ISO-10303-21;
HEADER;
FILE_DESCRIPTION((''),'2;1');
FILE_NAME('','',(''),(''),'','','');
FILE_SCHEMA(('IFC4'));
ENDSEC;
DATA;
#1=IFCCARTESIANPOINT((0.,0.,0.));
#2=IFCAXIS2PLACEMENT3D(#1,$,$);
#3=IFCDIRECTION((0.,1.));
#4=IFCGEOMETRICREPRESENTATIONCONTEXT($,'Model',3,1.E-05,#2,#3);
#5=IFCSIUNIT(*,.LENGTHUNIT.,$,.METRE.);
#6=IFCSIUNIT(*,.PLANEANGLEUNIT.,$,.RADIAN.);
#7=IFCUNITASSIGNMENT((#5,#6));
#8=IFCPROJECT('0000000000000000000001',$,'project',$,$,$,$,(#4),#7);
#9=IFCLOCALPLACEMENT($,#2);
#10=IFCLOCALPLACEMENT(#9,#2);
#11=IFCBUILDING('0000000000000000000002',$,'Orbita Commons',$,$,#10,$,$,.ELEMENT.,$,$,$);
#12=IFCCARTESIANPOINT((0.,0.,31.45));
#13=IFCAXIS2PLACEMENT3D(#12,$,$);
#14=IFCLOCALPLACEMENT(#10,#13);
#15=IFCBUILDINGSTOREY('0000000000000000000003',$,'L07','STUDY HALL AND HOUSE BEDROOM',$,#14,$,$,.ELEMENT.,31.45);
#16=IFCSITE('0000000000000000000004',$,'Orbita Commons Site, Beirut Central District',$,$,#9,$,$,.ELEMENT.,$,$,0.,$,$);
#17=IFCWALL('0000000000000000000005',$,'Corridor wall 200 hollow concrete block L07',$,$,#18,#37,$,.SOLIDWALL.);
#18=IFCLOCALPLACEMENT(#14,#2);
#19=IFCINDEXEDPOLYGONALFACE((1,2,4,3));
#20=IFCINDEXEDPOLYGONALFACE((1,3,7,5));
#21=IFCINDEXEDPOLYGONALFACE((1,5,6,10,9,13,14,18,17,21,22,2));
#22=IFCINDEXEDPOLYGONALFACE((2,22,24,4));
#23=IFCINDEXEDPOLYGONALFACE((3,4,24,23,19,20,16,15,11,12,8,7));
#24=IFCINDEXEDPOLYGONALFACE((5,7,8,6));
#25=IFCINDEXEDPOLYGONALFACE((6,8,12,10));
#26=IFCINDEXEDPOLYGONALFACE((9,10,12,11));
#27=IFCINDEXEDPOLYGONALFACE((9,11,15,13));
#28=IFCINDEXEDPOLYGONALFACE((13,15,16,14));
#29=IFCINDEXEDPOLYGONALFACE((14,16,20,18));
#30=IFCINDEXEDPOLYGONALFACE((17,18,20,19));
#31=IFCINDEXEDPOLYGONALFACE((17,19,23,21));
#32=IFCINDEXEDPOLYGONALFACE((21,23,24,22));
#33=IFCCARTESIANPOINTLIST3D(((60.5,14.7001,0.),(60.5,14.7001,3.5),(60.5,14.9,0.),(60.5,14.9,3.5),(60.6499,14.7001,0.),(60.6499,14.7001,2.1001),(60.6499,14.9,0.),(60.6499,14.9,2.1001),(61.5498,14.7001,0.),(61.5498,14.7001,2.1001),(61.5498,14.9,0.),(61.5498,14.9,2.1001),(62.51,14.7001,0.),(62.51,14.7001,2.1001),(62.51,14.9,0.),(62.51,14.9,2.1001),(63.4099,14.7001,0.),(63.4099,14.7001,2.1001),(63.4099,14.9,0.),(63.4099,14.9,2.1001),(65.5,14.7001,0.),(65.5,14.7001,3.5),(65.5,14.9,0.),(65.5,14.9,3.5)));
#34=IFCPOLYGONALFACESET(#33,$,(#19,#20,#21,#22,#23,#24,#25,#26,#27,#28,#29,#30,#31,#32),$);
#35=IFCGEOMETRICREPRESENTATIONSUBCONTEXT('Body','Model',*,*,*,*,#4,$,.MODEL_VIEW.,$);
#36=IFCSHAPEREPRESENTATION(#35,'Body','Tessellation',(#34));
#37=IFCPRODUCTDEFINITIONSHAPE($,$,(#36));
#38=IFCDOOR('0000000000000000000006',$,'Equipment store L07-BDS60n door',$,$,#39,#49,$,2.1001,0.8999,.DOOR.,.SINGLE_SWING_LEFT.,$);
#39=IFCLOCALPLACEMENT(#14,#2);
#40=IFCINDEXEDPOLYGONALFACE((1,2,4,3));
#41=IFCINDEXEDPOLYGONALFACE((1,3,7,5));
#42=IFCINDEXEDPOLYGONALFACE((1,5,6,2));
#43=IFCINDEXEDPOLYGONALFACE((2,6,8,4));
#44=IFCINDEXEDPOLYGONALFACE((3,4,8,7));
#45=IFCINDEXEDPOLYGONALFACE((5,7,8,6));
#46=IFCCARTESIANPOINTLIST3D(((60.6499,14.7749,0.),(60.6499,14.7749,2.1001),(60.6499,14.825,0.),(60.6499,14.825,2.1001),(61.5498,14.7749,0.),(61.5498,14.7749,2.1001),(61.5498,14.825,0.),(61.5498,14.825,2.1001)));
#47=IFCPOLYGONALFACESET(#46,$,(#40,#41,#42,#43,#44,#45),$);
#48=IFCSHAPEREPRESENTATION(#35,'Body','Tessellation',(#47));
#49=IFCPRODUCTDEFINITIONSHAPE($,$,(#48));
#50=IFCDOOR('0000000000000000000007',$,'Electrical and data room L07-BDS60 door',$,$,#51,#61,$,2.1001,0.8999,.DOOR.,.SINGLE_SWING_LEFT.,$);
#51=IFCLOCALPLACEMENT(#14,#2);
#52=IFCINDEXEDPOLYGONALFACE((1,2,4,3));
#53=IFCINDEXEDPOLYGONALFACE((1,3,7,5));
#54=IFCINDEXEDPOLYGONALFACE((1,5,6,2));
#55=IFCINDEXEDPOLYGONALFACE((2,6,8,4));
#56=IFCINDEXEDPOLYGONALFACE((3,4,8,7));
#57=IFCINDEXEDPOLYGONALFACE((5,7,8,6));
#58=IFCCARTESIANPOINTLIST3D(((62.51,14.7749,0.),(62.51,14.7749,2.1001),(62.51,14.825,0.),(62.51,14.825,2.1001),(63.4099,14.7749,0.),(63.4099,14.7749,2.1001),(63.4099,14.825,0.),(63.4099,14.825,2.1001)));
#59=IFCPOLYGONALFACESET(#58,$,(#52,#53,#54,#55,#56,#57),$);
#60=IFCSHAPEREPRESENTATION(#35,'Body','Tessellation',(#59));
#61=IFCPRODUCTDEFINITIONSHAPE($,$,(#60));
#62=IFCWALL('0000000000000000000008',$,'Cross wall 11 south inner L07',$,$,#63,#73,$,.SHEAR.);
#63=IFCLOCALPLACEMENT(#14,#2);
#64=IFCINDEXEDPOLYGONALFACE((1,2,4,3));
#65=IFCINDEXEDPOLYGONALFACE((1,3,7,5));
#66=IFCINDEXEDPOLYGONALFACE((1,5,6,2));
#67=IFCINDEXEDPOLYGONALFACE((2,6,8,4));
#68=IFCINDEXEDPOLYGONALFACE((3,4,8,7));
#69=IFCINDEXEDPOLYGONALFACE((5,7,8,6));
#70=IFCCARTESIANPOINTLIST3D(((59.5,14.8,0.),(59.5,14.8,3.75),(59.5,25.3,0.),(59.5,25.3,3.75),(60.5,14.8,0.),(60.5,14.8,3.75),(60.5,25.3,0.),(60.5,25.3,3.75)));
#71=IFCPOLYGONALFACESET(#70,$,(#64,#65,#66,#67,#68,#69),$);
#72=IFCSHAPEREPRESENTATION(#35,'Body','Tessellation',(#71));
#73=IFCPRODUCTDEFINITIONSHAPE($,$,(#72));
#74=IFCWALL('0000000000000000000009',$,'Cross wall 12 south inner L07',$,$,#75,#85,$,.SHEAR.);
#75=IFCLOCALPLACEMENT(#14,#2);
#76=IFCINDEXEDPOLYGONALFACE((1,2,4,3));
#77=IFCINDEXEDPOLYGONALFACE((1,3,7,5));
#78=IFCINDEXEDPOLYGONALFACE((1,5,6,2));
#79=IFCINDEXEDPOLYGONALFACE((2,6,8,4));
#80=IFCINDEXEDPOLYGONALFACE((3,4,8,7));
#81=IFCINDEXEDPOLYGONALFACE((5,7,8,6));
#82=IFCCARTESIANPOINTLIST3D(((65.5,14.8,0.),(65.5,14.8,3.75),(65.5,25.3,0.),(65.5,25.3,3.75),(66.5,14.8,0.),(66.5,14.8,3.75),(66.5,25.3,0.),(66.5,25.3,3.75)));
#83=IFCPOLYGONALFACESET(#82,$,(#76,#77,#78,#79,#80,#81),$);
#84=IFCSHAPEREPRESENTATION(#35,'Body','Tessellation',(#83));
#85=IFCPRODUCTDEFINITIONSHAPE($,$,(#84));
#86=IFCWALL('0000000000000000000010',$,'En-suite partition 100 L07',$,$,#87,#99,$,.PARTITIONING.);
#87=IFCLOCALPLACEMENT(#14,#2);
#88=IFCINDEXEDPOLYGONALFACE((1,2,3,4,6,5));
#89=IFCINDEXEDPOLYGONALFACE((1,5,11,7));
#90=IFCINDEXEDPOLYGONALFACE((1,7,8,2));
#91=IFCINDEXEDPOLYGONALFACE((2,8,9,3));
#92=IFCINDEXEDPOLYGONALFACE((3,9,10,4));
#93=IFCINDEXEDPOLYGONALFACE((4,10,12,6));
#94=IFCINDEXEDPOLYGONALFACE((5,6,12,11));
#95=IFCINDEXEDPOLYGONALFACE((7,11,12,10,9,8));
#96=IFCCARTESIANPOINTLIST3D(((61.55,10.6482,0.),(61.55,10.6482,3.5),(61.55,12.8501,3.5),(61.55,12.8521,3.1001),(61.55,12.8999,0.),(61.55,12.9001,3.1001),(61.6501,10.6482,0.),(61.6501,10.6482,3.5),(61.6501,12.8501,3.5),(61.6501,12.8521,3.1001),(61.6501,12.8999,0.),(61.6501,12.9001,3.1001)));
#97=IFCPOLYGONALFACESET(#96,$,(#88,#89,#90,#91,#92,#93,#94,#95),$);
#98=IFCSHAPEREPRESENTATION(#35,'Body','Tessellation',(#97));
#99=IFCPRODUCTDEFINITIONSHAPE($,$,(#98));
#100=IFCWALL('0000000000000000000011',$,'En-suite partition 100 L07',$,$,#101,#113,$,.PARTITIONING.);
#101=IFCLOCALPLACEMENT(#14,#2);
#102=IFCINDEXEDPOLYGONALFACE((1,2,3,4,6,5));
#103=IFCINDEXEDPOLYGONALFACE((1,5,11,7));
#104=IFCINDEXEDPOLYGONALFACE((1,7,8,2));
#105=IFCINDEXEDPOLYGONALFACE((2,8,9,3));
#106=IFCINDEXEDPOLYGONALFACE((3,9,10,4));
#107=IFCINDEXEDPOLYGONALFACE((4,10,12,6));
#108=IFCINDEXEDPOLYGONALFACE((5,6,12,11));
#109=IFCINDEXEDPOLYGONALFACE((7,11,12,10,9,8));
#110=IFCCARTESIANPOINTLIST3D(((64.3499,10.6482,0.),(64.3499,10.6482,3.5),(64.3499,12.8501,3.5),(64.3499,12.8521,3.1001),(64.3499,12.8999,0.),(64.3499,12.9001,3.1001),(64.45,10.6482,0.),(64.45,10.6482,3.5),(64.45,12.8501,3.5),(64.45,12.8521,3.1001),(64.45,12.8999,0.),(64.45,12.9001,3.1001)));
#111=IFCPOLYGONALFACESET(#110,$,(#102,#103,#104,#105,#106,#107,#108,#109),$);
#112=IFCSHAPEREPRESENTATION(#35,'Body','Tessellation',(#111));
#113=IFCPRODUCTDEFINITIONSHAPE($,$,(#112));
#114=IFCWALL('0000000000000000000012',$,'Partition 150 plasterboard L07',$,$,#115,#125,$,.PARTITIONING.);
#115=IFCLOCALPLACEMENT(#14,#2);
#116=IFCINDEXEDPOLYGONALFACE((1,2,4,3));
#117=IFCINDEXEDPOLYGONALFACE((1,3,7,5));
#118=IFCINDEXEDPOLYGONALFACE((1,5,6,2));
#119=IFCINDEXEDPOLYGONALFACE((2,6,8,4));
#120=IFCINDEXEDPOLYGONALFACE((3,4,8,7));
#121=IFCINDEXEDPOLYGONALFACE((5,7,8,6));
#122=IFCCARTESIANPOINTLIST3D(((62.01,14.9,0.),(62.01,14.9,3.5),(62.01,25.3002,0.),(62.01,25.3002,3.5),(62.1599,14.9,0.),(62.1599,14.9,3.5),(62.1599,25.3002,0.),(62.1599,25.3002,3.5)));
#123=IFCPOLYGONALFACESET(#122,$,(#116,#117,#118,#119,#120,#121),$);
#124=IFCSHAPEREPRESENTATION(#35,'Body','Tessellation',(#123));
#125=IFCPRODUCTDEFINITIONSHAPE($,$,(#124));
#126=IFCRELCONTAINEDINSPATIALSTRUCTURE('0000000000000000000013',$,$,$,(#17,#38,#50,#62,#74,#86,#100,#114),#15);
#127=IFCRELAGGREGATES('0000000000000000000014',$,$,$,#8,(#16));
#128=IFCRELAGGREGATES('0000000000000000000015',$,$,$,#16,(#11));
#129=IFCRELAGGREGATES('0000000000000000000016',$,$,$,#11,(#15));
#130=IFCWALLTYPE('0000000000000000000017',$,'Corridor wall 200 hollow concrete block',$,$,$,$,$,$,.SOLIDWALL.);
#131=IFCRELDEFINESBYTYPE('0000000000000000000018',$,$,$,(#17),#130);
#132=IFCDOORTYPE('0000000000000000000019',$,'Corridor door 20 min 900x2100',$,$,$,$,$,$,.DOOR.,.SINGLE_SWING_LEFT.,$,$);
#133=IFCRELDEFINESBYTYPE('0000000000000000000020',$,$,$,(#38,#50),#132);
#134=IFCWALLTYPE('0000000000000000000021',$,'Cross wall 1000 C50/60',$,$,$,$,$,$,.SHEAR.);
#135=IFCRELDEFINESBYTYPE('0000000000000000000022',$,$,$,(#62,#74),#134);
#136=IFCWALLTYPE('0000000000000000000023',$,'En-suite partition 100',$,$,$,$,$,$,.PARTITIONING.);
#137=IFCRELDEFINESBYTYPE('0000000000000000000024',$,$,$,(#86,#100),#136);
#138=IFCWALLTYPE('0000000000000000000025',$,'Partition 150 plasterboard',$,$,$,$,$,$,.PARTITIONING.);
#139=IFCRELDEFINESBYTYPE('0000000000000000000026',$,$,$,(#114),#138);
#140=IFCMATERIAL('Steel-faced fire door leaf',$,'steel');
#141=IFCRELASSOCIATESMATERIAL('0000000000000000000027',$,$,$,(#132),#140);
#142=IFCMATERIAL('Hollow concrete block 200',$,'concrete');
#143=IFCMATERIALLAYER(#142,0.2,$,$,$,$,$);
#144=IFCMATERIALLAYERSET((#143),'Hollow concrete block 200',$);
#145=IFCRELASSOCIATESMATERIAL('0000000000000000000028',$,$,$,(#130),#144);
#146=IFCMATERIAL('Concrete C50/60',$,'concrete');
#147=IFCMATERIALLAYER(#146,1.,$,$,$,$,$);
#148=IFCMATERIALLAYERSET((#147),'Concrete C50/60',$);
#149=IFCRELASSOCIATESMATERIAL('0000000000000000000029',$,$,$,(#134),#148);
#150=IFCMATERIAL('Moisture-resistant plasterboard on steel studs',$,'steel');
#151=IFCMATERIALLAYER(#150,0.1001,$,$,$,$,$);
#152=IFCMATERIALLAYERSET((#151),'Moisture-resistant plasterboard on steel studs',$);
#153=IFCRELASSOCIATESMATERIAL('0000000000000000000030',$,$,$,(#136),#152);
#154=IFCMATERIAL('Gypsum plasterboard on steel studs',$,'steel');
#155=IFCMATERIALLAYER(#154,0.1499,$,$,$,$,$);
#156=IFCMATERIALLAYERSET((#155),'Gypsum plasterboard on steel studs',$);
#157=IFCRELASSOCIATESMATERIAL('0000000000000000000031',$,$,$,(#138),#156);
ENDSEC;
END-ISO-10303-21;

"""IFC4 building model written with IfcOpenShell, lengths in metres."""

from ifc_helpers import new_model, si_unit, direction, frame, frame_2d, origin, place, context, subcontext, project, spatial, polyline, rectangle, outline, extrude, material, layer, layer_set, type_object, element, fill, save


model = new_model("IFC4")

# Units and contexts
model_context = context("Model", 3, precision=1e-05, world=origin(), true_north=direction((0.0, 1.0)))
body_context = subcontext(model_context, "Body", "Model", "MODEL_VIEW")
ifc_project = project(units=[si_unit("LENGTHUNIT", "METRE"), si_unit("PLANEANGLEUNIT", "RADIAN")], contexts=[model_context])

# Site, building, storey
site_placement = place(None, origin())
site = spatial("IfcSite", under=ifc_project, at=site_placement, Name="Orbita Commons Site, Beirut Central District", CompositionType="ELEMENT", RefElevation=0.0)
building_placement = place(site_placement, origin())
building = spatial("IfcBuilding", under=site, at=building_placement, Name="Orbita Commons", CompositionType="ELEMENT")
storey_placement = place(building_placement, frame((0.0, 0.0, 31.45)))
storey = spatial("IfcBuildingStorey", under=building, at=storey_placement, Name="L07", Description="STUDY HALL AND HOUSE BEDROOM", CompositionType="ELEMENT", Elevation=31.45)

# Wall, openings, doors
ifc_material_1 = material(Name="Steel-faced fire door leaf", Category="steel")
door_type_1 = type_object("IfcDoorType", Name="Corridor door 20 min 900x2100", OperationType="SINGLE_SWING_LEFT", PredefinedType="DOOR", material=ifc_material_1)
ifc_material_2 = material(Name="Hollow concrete block 200", Category="concrete")
ifc_layer_1 = layer(ifc_material_2, 0.2)
ifc_layer_set_1 = layer_set([ifc_layer_1], Name="Hollow concrete block 200")
wall_type_1 = type_object("IfcWallType", Name="Corridor wall 200 hollow concrete block", PredefinedType="SOLIDWALL", material=ifc_layer_set_1)
wall_1_placement = place(storey_placement, frame((60.5, 14.8, 0.0), z_axis=(0.0, 0.0, 1.0), x_axis=(1.0, 0.0, 0.0)))
wall_1 = element("IfcWall", 1, at=wall_1_placement, inside=storey, type_object=wall_type_1, Name="Corridor wall 200 hollow concrete block L07", PredefinedType="SOLIDWALL", context=body_context, shape_type="SweptSolid", body=[
    extrude(rectangle(XDim=5.0, YDim=0.2, at=frame_2d((2.5, 0.0))), origin(), (0.0, 0.0, 1.0), 3.5),
])
opening_1_placement = place(wall_1_placement, frame((0.1499, 0.0, 0.0)))
opening_1 = element("IfcOpeningElement", 2, at=opening_1_placement, cuts=wall_1, PredefinedType="OPENING", context=body_context, shape_type="SweptSolid", body=[
    extrude(rectangle(XDim=0.8999, YDim=2.1001, at=frame_2d((0.45, 1.05))), frame((0.0, 0.1099, 0.0), z_axis=(0.0, -1.0, 0.0), x_axis=(1.0, 0.0, 0.0)), (0.0, 0.0, 1.0), 0.22),
])
opening_2_placement = place(wall_1_placement, frame((2.01, 0.0, 0.0)))
opening_2 = element("IfcOpeningElement", 3, at=opening_2_placement, cuts=wall_1, PredefinedType="OPENING", context=body_context, shape_type="SweptSolid", body=[
    extrude(rectangle(XDim=0.8999, YDim=2.1001, at=frame_2d((0.45, 1.05))), frame((0.0, 0.1099, 0.0), z_axis=(0.0, -1.0, 0.0), x_axis=(1.0, 0.0, 0.0)), (0.0, 0.0, 1.0), 0.22),
])
door_1_placement = place(opening_1_placement, origin())
door_1 = element("IfcDoor", 4, at=door_1_placement, inside=storey, type_object=door_type_1, Name="Equipment store L07-BDS60n door", OperationType="SINGLE_SWING_LEFT", OverallHeight=2.1001, OverallWidth=0.8999, PredefinedType="DOOR", context=body_context, shape_type="SweptSolid", body=[
    extrude(rectangle(XDim=0.8999, YDim=2.1001, at=frame_2d((0.45, 1.05))), frame((0.0, 0.0249, 0.0), z_axis=(0.0, -1.0, 0.0), x_axis=(1.0, 0.0, 0.0)), (0.0, 0.0, 1.0), 0.05),
])
fill(opening_1, door_1)
door_2_placement = place(opening_2_placement, origin())
door_2 = element("IfcDoor", 5, at=door_2_placement, inside=storey, type_object=door_type_1, Name="Electrical and data room L07-BDS60 door", OperationType="SINGLE_SWING_LEFT", OverallHeight=2.1001, OverallWidth=0.8999, PredefinedType="DOOR", context=body_context, shape_type="SweptSolid", body=[
    extrude(rectangle(XDim=0.8999, YDim=2.1001, at=frame_2d((0.45, 1.05))), frame((0.0, 0.0249, 0.0), z_axis=(0.0, -1.0, 0.0), x_axis=(1.0, 0.0, 0.0)), (0.0, 0.0, 1.0), 0.05),
])
fill(opening_2, door_2)

# Walls
ifc_material_3 = material(Name="Concrete C50/60", Category="concrete")
ifc_layer_2 = layer(ifc_material_3, 1.0)
ifc_layer_set_2 = layer_set([ifc_layer_2], Name="Concrete C50/60")
wall_type_2 = type_object("IfcWallType", Name="Cross wall 1000 C50/60", PredefinedType="SHEAR", material=ifc_layer_set_2)
for number, where, z_axis, x_axis, name in (
    (6, (60.0, 14.8, 0.0), (0.0, 0.0, 1.0), (0.0, 1.0, 0.0), "Cross wall 11 south inner L07"),
    (7, (66.0, 14.8, 0.0), (0.0, 0.0, 1.0), (0.0, 1.0, 0.0), "Cross wall 12 south inner L07"),
):
    element("IfcWall", number, at=place(storey_placement, frame(where, z_axis=z_axis, x_axis=x_axis)), inside=storey, type_object=wall_type_2, Name=name, PredefinedType="SHEAR", context=body_context, shape_type="SweptSolid", body=[
        extrude(rectangle(XDim=10.5, YDim=1.0, at=frame_2d((5.25, 0.0))), origin(), (0.0, 0.0, 1.0), 3.75),
    ])
ifc_material_4 = material(Name="Moisture-resistant plasterboard on steel studs", Category="steel")
ifc_layer_3 = layer(ifc_material_4, 0.1001)
ifc_layer_set_3 = layer_set([ifc_layer_3], Name="Moisture-resistant plasterboard on steel studs")
wall_type_3 = type_object("IfcWallType", Name="En-suite partition 100", PredefinedType="PARTITIONING", material=ifc_layer_set_3)
for number, where, z_axis, x_axis, name in (
    (8, (61.6001, 10.6482, 0.0), (0.0, 0.0, 1.0), (0.0, 1.0, 0.0), "En-suite partition 100 L07"),
    (9, (64.3999, 10.6482, 0.0), (0.0, 0.0, 1.0), (0.0, 1.0, 0.0), "En-suite partition 100 L07"),
):
    element("IfcWall", number, at=place(storey_placement, frame(where, z_axis=z_axis, x_axis=x_axis)), inside=storey, type_object=wall_type_3, Name=name, PredefinedType="PARTITIONING", context=body_context, shape_type="SweptSolid", body=[
        extrude(outline(polyline([(0.0, 0.0), (2.2517, 0.0), (2.252, 3.1001), (2.2039, 3.1001), (2.2019, 3.5), (0.0, 3.5), (0.0, 0.0)])), frame((0.0, 0.05, 0.0), z_axis=(0.0, -1.0, 0.0), x_axis=(1.0, 0.0, 0.0)), (0.0, 0.0, 1.0), 0.1001),
    ])
ifc_material_5 = material(Name="Gypsum plasterboard on steel studs", Category="steel")
ifc_layer_4 = layer(ifc_material_5, 0.1499)
ifc_layer_set_4 = layer_set([ifc_layer_4], Name="Gypsum plasterboard on steel studs")
wall_type_4 = type_object("IfcWallType", Name="Partition 150 plasterboard", PredefinedType="PARTITIONING", material=ifc_layer_set_4)
wall_2_placement = place(storey_placement, frame((62.085, 14.8999, 0.0), z_axis=(0.0, 0.0, 1.0), x_axis=(0.0, 1.0, 0.0)))
element("IfcWall", 10, at=wall_2_placement, inside=storey, type_object=wall_type_4, Name="Partition 150 plasterboard L07", PredefinedType="PARTITIONING", context=body_context, shape_type="SweptSolid", body=[
    extrude(rectangle(XDim=10.4001, YDim=0.1499, at=frame_2d((5.2002, 0.0))), origin(), (0.0, 0.0, 1.0), 3.5),
])

save(model, "model.ifc")
